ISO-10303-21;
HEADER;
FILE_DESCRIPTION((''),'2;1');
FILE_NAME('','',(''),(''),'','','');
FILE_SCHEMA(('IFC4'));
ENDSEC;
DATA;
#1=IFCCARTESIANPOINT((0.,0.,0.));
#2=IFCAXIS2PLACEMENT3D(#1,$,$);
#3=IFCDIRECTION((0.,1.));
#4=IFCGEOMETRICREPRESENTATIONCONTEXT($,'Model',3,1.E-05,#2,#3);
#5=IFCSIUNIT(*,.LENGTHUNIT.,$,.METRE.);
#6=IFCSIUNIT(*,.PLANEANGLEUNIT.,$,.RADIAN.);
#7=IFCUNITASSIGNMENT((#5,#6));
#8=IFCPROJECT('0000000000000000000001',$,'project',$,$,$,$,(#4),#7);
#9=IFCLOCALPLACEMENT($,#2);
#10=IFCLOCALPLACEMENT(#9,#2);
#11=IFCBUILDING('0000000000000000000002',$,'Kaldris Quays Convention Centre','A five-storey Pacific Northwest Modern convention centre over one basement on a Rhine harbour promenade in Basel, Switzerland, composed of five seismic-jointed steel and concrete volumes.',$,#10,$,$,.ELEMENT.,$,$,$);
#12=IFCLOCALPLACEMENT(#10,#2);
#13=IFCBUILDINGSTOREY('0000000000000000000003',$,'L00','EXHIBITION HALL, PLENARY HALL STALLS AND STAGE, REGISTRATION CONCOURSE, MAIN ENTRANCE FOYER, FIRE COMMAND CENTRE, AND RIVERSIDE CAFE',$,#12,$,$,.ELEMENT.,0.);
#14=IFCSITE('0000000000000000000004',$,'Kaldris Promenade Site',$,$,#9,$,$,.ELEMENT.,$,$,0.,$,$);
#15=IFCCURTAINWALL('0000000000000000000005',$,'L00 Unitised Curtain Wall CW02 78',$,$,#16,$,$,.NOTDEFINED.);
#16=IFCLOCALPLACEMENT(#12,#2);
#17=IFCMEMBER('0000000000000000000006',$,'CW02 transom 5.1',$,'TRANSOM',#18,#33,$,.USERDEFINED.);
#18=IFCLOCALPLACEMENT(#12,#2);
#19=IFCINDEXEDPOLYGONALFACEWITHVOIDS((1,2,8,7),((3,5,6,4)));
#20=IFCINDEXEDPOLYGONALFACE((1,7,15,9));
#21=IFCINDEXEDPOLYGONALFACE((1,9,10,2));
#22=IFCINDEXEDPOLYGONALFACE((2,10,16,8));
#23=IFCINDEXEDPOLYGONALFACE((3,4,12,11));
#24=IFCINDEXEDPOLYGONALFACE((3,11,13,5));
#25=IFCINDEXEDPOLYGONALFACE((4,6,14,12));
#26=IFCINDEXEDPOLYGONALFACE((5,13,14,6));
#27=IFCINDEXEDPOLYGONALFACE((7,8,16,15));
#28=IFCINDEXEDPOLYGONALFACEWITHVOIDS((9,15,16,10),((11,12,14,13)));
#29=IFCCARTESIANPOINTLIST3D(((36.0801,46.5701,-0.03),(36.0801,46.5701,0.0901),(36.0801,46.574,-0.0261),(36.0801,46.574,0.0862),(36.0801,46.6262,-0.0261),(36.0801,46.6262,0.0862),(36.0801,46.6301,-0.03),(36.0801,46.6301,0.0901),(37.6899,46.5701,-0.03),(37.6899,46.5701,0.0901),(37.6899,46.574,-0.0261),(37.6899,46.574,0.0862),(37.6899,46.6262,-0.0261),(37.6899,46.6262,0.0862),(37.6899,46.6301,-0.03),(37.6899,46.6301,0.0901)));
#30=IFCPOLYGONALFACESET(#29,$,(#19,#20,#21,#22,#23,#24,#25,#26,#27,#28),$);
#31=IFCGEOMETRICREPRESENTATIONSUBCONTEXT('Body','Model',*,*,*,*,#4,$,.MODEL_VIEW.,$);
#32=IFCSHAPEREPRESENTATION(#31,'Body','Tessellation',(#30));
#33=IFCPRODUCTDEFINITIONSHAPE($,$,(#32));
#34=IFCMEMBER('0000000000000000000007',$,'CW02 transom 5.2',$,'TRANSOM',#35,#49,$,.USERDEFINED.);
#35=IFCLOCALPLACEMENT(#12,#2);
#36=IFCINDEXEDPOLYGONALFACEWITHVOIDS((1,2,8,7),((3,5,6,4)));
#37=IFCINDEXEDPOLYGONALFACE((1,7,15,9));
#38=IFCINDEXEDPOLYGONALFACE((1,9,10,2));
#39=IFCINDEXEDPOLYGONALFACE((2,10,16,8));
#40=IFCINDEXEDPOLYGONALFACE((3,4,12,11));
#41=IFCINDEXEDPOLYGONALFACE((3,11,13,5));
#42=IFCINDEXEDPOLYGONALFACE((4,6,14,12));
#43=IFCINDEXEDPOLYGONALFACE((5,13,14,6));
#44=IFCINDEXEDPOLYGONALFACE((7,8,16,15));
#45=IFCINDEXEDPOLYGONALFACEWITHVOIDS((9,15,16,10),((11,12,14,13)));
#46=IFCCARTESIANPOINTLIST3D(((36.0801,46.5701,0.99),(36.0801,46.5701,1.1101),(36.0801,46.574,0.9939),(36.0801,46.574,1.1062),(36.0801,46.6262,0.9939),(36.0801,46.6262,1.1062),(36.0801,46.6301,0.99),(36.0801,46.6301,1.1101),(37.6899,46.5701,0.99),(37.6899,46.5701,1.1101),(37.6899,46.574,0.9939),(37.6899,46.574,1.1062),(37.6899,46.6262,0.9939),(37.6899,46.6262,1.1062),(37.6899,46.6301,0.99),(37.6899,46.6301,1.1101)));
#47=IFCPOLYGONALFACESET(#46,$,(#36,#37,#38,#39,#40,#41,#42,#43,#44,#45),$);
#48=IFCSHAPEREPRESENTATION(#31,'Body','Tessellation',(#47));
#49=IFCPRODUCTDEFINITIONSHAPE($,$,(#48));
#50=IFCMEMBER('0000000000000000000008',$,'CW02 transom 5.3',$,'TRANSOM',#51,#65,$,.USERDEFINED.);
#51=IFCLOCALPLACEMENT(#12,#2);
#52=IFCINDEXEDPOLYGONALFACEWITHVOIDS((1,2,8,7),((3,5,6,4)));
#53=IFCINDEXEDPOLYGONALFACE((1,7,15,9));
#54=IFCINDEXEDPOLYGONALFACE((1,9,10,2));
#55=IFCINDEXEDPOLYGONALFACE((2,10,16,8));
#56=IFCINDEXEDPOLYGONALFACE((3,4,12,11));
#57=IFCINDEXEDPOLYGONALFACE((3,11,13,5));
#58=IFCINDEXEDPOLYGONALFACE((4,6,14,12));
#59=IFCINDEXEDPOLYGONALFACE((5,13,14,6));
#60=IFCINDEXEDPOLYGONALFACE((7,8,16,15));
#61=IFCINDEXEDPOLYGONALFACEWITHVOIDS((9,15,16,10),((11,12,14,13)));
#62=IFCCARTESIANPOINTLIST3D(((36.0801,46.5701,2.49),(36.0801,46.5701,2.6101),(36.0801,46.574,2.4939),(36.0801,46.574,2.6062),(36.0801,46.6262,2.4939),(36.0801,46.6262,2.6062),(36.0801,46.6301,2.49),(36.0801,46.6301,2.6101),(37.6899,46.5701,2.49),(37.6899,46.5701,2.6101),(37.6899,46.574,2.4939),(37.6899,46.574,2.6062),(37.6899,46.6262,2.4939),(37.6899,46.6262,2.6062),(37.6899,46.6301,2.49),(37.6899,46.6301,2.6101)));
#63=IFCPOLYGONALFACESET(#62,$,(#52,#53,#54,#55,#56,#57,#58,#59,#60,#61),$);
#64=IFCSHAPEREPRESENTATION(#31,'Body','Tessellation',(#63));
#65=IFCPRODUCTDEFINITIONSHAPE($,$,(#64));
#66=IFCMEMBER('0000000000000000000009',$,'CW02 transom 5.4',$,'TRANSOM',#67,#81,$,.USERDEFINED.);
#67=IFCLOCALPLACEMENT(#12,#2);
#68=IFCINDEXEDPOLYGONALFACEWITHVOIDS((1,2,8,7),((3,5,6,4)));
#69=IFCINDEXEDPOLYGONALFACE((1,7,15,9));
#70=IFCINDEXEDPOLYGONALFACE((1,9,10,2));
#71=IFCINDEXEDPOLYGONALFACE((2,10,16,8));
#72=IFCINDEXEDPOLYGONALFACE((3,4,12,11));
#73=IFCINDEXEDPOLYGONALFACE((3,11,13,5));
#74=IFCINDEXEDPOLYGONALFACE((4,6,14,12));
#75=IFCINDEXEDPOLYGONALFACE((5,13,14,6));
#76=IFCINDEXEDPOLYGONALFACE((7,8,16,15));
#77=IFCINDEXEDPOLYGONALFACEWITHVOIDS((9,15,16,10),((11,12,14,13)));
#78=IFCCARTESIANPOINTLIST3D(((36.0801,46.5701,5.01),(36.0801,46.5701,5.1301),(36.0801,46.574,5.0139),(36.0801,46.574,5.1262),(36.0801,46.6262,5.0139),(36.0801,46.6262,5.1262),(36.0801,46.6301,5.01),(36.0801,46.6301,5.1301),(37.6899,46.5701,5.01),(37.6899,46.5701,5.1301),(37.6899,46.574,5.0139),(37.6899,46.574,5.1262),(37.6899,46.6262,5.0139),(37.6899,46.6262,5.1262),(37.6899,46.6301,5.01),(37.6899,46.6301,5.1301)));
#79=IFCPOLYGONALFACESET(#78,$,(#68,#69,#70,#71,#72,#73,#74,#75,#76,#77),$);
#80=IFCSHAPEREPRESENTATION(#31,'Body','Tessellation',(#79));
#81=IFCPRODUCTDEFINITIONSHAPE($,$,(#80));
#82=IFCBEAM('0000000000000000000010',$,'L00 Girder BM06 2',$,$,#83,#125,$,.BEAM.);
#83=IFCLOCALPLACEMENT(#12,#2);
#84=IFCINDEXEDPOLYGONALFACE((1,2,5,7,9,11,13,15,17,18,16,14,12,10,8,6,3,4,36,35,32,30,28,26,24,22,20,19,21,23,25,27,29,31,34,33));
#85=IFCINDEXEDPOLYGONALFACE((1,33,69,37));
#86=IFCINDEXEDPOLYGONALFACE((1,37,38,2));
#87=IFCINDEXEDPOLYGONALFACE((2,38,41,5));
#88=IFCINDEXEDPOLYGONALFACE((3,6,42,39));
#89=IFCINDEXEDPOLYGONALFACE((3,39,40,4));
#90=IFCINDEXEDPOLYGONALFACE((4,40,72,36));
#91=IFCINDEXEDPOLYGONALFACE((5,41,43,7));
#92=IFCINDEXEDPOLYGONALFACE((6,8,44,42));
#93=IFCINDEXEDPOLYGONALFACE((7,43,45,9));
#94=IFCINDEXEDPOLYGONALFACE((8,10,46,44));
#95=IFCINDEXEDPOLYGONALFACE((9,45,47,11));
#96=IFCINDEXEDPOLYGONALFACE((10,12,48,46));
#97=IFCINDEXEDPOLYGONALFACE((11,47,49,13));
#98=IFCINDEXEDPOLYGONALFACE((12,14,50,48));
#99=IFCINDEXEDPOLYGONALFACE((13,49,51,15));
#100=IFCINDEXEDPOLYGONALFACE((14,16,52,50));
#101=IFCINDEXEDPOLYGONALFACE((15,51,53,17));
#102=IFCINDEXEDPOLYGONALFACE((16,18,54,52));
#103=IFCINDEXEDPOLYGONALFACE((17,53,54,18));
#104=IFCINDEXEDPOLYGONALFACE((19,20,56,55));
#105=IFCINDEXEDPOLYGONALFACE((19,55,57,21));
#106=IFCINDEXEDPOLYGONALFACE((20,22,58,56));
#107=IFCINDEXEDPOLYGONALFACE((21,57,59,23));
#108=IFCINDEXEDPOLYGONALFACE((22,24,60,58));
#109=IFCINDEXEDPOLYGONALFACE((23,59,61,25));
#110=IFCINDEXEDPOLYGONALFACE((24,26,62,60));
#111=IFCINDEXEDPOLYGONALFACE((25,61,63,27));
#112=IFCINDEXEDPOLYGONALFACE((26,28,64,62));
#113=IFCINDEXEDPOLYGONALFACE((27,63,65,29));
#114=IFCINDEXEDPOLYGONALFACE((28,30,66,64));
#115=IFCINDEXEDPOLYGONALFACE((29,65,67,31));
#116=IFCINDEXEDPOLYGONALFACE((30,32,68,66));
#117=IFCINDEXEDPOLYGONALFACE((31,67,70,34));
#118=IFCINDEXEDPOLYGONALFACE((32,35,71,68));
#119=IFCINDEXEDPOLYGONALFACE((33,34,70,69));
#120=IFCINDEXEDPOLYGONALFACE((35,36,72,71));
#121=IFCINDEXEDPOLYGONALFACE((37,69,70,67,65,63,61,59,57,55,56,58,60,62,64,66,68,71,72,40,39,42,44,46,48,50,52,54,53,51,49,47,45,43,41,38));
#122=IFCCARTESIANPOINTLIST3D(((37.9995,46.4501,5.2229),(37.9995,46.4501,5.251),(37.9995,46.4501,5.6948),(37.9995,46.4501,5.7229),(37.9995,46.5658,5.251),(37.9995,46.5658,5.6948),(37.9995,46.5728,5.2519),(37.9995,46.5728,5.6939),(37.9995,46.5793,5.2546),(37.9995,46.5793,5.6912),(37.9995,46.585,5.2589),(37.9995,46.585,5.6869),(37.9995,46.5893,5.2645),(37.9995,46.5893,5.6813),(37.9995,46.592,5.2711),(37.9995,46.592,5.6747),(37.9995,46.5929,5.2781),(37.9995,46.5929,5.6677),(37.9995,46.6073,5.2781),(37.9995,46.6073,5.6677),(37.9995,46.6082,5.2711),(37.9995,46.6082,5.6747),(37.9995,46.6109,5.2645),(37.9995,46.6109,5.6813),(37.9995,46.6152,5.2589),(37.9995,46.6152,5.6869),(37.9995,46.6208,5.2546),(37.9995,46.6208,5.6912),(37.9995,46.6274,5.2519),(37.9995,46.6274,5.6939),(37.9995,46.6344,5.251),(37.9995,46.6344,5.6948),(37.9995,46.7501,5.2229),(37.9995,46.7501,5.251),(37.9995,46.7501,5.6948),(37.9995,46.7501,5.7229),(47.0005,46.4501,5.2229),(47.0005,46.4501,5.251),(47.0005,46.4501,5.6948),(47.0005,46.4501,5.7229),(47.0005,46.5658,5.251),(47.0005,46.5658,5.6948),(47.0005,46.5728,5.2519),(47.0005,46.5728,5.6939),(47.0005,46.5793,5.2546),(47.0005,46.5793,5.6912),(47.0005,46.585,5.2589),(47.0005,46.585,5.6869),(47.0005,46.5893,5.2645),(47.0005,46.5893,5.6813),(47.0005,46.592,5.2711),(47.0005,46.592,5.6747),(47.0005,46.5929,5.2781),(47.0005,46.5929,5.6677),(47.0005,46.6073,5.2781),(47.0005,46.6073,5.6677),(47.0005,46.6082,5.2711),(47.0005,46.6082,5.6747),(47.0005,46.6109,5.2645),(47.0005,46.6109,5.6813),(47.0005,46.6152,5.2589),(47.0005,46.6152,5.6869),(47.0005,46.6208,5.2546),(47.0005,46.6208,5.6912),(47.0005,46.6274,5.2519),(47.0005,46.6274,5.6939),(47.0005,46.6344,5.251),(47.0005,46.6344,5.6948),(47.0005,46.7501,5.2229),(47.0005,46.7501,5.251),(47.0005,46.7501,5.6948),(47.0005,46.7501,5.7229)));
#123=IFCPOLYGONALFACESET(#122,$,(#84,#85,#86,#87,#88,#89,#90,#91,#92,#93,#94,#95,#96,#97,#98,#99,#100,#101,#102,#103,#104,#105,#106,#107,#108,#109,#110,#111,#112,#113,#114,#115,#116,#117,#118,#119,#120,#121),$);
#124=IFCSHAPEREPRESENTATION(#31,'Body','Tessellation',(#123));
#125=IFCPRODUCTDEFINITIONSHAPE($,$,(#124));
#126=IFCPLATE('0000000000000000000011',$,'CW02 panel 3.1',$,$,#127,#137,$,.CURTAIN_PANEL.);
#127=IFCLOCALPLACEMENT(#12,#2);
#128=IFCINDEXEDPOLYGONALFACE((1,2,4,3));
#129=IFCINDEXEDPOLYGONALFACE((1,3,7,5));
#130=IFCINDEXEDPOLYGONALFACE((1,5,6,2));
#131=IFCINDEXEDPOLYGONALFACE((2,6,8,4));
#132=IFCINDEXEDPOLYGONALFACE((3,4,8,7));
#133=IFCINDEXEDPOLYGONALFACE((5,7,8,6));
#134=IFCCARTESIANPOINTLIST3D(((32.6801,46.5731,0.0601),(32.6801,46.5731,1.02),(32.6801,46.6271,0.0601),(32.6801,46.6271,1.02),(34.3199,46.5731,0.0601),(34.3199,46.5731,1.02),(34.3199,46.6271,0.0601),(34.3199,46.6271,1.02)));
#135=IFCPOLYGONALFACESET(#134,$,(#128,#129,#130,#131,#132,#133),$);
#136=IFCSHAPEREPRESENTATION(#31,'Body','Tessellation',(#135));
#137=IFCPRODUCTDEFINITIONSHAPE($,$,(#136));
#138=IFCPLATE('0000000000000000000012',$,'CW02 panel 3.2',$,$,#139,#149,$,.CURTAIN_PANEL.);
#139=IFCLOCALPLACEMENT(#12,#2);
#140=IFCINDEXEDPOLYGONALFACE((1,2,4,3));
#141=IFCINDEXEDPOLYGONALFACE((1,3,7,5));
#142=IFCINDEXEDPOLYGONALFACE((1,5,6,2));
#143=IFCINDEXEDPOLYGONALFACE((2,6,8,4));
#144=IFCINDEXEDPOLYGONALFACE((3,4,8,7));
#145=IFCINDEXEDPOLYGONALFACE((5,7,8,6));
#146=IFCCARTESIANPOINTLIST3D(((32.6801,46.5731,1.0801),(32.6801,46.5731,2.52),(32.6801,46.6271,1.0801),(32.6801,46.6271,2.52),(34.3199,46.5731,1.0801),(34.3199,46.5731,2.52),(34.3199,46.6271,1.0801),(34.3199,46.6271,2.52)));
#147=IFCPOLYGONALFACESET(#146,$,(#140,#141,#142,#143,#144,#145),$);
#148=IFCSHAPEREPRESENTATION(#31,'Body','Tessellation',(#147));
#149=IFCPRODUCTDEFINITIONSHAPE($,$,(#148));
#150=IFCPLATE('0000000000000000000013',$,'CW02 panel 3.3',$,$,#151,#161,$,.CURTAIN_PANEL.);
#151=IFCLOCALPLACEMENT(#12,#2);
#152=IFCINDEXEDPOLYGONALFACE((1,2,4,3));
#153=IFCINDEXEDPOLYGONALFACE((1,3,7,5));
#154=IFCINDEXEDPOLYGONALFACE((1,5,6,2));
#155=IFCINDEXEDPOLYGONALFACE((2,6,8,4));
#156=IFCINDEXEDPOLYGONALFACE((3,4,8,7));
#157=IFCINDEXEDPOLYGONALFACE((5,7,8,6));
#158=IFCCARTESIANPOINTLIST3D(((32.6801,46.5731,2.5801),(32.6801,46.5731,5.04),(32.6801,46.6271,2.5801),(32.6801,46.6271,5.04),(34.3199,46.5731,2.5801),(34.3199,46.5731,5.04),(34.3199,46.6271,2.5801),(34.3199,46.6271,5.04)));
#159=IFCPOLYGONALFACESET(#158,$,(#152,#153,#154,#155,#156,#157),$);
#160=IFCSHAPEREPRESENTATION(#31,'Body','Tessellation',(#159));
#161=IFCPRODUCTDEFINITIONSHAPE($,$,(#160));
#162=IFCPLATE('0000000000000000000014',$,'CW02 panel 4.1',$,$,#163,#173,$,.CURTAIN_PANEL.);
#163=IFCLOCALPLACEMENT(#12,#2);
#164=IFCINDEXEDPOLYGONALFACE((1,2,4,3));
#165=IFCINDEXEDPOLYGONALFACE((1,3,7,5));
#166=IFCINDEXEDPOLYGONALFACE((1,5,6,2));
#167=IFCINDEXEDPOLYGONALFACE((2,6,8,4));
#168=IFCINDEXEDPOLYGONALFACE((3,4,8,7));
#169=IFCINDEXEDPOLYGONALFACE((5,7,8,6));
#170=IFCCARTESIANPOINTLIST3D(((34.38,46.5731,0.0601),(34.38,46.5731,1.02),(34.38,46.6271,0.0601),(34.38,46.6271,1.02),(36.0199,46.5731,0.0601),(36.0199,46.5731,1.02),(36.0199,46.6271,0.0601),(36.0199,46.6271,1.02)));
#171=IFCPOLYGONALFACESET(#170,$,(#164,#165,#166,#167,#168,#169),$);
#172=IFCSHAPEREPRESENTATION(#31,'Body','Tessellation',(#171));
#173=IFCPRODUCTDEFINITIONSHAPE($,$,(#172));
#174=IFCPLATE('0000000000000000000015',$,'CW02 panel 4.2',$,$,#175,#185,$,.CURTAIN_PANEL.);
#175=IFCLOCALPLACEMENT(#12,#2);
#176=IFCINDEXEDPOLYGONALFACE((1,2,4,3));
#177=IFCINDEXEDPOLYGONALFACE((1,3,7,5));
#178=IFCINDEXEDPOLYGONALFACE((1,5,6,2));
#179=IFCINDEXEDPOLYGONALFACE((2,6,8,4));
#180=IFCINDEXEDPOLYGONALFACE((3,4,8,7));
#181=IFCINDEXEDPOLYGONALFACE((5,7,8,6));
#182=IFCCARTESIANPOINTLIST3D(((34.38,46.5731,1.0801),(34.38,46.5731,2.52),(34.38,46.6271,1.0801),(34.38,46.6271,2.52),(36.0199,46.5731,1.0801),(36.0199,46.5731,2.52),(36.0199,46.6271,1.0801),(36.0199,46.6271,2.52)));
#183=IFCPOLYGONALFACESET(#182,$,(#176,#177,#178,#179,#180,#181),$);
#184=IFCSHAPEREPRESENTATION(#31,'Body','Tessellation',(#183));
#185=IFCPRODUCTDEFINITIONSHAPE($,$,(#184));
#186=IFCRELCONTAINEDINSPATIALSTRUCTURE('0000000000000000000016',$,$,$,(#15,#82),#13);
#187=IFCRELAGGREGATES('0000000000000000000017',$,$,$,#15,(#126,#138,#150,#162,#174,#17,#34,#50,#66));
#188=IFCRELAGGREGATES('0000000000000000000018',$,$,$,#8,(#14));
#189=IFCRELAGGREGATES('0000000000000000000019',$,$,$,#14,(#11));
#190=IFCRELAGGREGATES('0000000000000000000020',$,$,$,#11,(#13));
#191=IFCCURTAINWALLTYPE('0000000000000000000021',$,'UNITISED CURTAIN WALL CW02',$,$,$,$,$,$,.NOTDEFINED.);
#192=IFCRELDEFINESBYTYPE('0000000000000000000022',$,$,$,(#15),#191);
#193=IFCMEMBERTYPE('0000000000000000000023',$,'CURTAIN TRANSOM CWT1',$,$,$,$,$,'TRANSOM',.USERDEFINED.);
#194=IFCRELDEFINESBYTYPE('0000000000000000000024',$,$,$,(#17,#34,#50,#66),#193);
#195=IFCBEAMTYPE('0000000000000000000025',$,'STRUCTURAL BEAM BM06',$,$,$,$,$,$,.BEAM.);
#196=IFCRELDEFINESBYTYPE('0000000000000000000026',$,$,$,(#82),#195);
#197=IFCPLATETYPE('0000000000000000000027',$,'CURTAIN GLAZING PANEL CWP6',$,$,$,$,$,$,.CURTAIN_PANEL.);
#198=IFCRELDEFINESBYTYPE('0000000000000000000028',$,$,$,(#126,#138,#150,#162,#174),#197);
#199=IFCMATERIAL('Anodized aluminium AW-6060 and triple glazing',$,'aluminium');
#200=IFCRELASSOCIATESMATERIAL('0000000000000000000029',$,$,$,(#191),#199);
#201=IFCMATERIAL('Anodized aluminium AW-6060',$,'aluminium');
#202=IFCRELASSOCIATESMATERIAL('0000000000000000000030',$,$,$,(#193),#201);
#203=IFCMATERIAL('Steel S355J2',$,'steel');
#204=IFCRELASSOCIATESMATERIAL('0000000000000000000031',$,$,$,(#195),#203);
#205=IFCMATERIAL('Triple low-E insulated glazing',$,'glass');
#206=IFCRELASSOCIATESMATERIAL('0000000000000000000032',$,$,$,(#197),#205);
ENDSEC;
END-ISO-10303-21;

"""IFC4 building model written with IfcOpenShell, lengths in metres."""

from ifc_helpers import new_model, si_unit, direction, frame, origin, origin_2d, place, context, subcontext, project, spatial, rectangle, hollow_rectangle, i_section, extrude, material, material_profile, profile_set, type_object, element, aggregate, save


model = new_model("IFC4")

# Units and contexts
model_context = context("Model", 3, precision=1e-05, world=origin(), true_north=direction((0.0, 1.0)))
body_context = subcontext(model_context, "Body", "Model", "MODEL_VIEW")
ifc_project = project(units=[si_unit("LENGTHUNIT", "METRE"), si_unit("PLANEANGLEUNIT", "RADIAN")], contexts=[model_context])

# Site, building, storey
site_placement = place(None, origin())
site = spatial("IfcSite", under=ifc_project, at=site_placement, Name="Kaldris Promenade Site", CompositionType="ELEMENT", RefElevation=0.0)
building_placement = place(site_placement, origin())
building = spatial("IfcBuilding", under=site, at=building_placement, Name="Kaldris Quays Convention Centre", Description="A five-storey Pacific Northwest Modern convention centre over one basement on a Rhine harbour promenade in Basel, Switzerland, composed of five seismic-jointed steel and concrete volumes.", CompositionType="ELEMENT")
storey_placement = place(building_placement, origin())
storey = spatial("IfcBuildingStorey", under=building, at=storey_placement, Name="L00", Description="EXHIBITION HALL, PLENARY HALL STALLS AND STAGE, REGISTRATION CONCOURSE, MAIN ENTRANCE FOYER, FIRE COMMAND CENTRE, AND RIVERSIDE CAFE", CompositionType="ELEMENT", Elevation=0.0)

# Shared definitions
ifc_material_1 = material(Name="Steel S355J2", Category="steel")

# Curtain wall
ifc_material_2 = material(Name="Anodized aluminium AW-6060 and triple glazing", Category="aluminium")
curtain_wall_type = type_object("IfcCurtainWallType", Name="UNITISED CURTAIN WALL CW02", PredefinedType="NOTDEFINED", material=ifc_material_2)
curtain_wall_1_placement = place(storey_placement, origin())
curtain_wall_1 = element("IfcCurtainWall", 1, at=curtain_wall_1_placement, inside=storey, type_object=curtain_wall_type, Name="L00 Unitised Curtain Wall CW02 78", PredefinedType="NOTDEFINED")
ifc_material_3 = material(Name="Anodized aluminium AW-6060", Category="aluminium")

# Members
ifc_material_profile_1 = material_profile(ifc_material_3, hollow_rectangle(XDim=0.0601, YDim=0.1201, WallThickness=0.0039, at=origin_2d()), Name="RHS 120x60x4")
ifc_profile_set_1 = profile_set([ifc_material_profile_1], Name="Anodized aluminium AW-6060")
member_type_1 = type_object("IfcMemberType", Name="CURTAIN TRANSOM CWT1", ElementType="TRANSOM", PredefinedType="USERDEFINED", material=ifc_profile_set_1)
member_1_placement = place(storey_placement, frame((36.0801, 46.6001, 0.03), z_axis=(1.0, 0.0, 0.0), x_axis=(0.0, 1.0, 0.0)))
member_1 = element("IfcMember", 2, at=member_1_placement, type_object=member_type_1, Name="CW02 transom 5.1", ObjectType="TRANSOM", PredefinedType="USERDEFINED", context=body_context, shape_type="SweptSolid", body=[
    extrude(hollow_rectangle(XDim=0.0601, YDim=0.1201, WallThickness=0.0039, at=origin_2d()), origin(), (0.0, 0.0, 1.0), 1.6099),
])
member_2_placement = place(storey_placement, frame((36.0801, 46.6001, 1.05), z_axis=(1.0, 0.0, 0.0), x_axis=(0.0, 1.0, 0.0)))
member_2 = element("IfcMember", 3, at=member_2_placement, type_object=member_type_1, Name="CW02 transom 5.2", ObjectType="TRANSOM", PredefinedType="USERDEFINED", context=body_context, shape_type="SweptSolid", body=[
    extrude(hollow_rectangle(XDim=0.0601, YDim=0.1201, WallThickness=0.0039, at=origin_2d()), origin(), (0.0, 0.0, 1.0), 1.6099),
])
member_3_placement = place(storey_placement, frame((36.0801, 46.6001, 2.55), z_axis=(1.0, 0.0, 0.0), x_axis=(0.0, 1.0, 0.0)))
member_3 = element("IfcMember", 4, at=member_3_placement, type_object=member_type_1, Name="CW02 transom 5.3", ObjectType="TRANSOM", PredefinedType="USERDEFINED", context=body_context, shape_type="SweptSolid", body=[
    extrude(hollow_rectangle(XDim=0.0601, YDim=0.1201, WallThickness=0.0039, at=origin_2d()), origin(), (0.0, 0.0, 1.0), 1.6099),
])
member_4_placement = place(storey_placement, frame((36.0801, 46.6001, 5.0701), z_axis=(1.0, 0.0, 0.0), x_axis=(0.0, 1.0, 0.0)))
member_4 = element("IfcMember", 5, at=member_4_placement, type_object=member_type_1, Name="CW02 transom 5.4", ObjectType="TRANSOM", PredefinedType="USERDEFINED", context=body_context, shape_type="SweptSolid", body=[
    extrude(hollow_rectangle(XDim=0.0601, YDim=0.1201, WallThickness=0.0039, at=origin_2d()), origin(), (0.0, 0.0, 1.0), 1.6099),
])

# Beam
ifc_material_profile_2 = material_profile(ifc_material_1, i_section(OverallWidth=0.3, OverallDepth=0.5, WebThickness=0.0144, FlangeThickness=0.0281, FilletRadius=0.0271, at=origin_2d()), Name="HEB 500")
ifc_profile_set_2 = profile_set([ifc_material_profile_2], Name="Steel S355J2")
beam_type = type_object("IfcBeamType", Name="STRUCTURAL BEAM BM06", PredefinedType="BEAM", material=ifc_profile_set_2)
beam_placement = place(storey_placement, frame((37.9995, 46.6001, 5.4729), z_axis=(1.0, 0.0, 0.0), x_axis=(0.0, 1.0, 0.0)))
element("IfcBeam", 6, at=beam_placement, inside=storey, type_object=beam_type, Name="L00 Girder BM06 2", PredefinedType="BEAM", context=body_context, shape_type="SweptSolid", body=[
    extrude(i_section(OverallWidth=0.3, OverallDepth=0.5, WebThickness=0.0144, FlangeThickness=0.0281, FilletRadius=0.0271, at=origin_2d()), origin(), (0.0, 0.0, 1.0), 9.001),
])

# Plates
ifc_material_4 = material(Name="Triple low-E insulated glazing", Category="glass")
plate_type = type_object("IfcPlateType", Name="CURTAIN GLAZING PANEL CWP6", PredefinedType="CURTAIN_PANEL", material=ifc_material_4)
plate_1_placement = place(storey_placement, frame((33.5, 46.6001, 0.0601), z_axis=(0.0, 0.0, 1.0), x_axis=(1.0, 0.0, 0.0)))
plate_1 = element("IfcPlate", 7, at=plate_1_placement, type_object=plate_type, Name="CW02 panel 3.1", PredefinedType="CURTAIN_PANEL", context=body_context, shape_type="SweptSolid", body=[
    extrude(rectangle(XDim=1.6399, YDim=0.054, at=origin_2d()), origin(), (0.0, 0.0, 1.0), 0.96),
])
plate_2_placement = place(storey_placement, frame((33.5, 46.6001, 1.0801), z_axis=(0.0, 0.0, 1.0), x_axis=(1.0, 0.0, 0.0)))
plate_2 = element("IfcPlate", 8, at=plate_2_placement, type_object=plate_type, Name="CW02 panel 3.2", PredefinedType="CURTAIN_PANEL", context=body_context, shape_type="SweptSolid", body=[
    extrude(rectangle(XDim=1.6399, YDim=0.054, at=origin_2d()), origin(), (0.0, 0.0, 1.0), 1.4399),
])
plate_3_placement = place(storey_placement, frame((33.5, 46.6001, 2.5801), z_axis=(0.0, 0.0, 1.0), x_axis=(1.0, 0.0, 0.0)))
plate_3 = element("IfcPlate", 9, at=plate_3_placement, type_object=plate_type, Name="CW02 panel 3.3", PredefinedType="CURTAIN_PANEL", context=body_context, shape_type="SweptSolid", body=[
    extrude(rectangle(XDim=1.6399, YDim=0.054, at=origin_2d()), origin(), (0.0, 0.0, 1.0), 2.46),
])
plate_4_placement = place(storey_placement, frame((35.2, 46.6001, 0.0601), z_axis=(0.0, 0.0, 1.0), x_axis=(1.0, 0.0, 0.0)))
plate_4 = element("IfcPlate", 10, at=plate_4_placement, type_object=plate_type, Name="CW02 panel 4.1", PredefinedType="CURTAIN_PANEL", context=body_context, shape_type="SweptSolid", body=[
    extrude(rectangle(XDim=1.6399, YDim=0.054, at=origin_2d()), origin(), (0.0, 0.0, 1.0), 0.96),
])
plate_5_placement = place(storey_placement, frame((35.2, 46.6001, 1.0801), z_axis=(0.0, 0.0, 1.0), x_axis=(1.0, 0.0, 0.0)))
plate_5 = element("IfcPlate", 11, at=plate_5_placement, type_object=plate_type, Name="CW02 panel 4.2", PredefinedType="CURTAIN_PANEL", context=body_context, shape_type="SweptSolid", body=[
    extrude(rectangle(XDim=1.6399, YDim=0.054, at=origin_2d()), origin(), (0.0, 0.0, 1.0), 1.4399),
])
aggregate(curtain_wall_1, [plate_1, plate_2, plate_3, plate_4, plate_5, member_1, member_2, member_3, member_4])

save(model, "model.ifc")
